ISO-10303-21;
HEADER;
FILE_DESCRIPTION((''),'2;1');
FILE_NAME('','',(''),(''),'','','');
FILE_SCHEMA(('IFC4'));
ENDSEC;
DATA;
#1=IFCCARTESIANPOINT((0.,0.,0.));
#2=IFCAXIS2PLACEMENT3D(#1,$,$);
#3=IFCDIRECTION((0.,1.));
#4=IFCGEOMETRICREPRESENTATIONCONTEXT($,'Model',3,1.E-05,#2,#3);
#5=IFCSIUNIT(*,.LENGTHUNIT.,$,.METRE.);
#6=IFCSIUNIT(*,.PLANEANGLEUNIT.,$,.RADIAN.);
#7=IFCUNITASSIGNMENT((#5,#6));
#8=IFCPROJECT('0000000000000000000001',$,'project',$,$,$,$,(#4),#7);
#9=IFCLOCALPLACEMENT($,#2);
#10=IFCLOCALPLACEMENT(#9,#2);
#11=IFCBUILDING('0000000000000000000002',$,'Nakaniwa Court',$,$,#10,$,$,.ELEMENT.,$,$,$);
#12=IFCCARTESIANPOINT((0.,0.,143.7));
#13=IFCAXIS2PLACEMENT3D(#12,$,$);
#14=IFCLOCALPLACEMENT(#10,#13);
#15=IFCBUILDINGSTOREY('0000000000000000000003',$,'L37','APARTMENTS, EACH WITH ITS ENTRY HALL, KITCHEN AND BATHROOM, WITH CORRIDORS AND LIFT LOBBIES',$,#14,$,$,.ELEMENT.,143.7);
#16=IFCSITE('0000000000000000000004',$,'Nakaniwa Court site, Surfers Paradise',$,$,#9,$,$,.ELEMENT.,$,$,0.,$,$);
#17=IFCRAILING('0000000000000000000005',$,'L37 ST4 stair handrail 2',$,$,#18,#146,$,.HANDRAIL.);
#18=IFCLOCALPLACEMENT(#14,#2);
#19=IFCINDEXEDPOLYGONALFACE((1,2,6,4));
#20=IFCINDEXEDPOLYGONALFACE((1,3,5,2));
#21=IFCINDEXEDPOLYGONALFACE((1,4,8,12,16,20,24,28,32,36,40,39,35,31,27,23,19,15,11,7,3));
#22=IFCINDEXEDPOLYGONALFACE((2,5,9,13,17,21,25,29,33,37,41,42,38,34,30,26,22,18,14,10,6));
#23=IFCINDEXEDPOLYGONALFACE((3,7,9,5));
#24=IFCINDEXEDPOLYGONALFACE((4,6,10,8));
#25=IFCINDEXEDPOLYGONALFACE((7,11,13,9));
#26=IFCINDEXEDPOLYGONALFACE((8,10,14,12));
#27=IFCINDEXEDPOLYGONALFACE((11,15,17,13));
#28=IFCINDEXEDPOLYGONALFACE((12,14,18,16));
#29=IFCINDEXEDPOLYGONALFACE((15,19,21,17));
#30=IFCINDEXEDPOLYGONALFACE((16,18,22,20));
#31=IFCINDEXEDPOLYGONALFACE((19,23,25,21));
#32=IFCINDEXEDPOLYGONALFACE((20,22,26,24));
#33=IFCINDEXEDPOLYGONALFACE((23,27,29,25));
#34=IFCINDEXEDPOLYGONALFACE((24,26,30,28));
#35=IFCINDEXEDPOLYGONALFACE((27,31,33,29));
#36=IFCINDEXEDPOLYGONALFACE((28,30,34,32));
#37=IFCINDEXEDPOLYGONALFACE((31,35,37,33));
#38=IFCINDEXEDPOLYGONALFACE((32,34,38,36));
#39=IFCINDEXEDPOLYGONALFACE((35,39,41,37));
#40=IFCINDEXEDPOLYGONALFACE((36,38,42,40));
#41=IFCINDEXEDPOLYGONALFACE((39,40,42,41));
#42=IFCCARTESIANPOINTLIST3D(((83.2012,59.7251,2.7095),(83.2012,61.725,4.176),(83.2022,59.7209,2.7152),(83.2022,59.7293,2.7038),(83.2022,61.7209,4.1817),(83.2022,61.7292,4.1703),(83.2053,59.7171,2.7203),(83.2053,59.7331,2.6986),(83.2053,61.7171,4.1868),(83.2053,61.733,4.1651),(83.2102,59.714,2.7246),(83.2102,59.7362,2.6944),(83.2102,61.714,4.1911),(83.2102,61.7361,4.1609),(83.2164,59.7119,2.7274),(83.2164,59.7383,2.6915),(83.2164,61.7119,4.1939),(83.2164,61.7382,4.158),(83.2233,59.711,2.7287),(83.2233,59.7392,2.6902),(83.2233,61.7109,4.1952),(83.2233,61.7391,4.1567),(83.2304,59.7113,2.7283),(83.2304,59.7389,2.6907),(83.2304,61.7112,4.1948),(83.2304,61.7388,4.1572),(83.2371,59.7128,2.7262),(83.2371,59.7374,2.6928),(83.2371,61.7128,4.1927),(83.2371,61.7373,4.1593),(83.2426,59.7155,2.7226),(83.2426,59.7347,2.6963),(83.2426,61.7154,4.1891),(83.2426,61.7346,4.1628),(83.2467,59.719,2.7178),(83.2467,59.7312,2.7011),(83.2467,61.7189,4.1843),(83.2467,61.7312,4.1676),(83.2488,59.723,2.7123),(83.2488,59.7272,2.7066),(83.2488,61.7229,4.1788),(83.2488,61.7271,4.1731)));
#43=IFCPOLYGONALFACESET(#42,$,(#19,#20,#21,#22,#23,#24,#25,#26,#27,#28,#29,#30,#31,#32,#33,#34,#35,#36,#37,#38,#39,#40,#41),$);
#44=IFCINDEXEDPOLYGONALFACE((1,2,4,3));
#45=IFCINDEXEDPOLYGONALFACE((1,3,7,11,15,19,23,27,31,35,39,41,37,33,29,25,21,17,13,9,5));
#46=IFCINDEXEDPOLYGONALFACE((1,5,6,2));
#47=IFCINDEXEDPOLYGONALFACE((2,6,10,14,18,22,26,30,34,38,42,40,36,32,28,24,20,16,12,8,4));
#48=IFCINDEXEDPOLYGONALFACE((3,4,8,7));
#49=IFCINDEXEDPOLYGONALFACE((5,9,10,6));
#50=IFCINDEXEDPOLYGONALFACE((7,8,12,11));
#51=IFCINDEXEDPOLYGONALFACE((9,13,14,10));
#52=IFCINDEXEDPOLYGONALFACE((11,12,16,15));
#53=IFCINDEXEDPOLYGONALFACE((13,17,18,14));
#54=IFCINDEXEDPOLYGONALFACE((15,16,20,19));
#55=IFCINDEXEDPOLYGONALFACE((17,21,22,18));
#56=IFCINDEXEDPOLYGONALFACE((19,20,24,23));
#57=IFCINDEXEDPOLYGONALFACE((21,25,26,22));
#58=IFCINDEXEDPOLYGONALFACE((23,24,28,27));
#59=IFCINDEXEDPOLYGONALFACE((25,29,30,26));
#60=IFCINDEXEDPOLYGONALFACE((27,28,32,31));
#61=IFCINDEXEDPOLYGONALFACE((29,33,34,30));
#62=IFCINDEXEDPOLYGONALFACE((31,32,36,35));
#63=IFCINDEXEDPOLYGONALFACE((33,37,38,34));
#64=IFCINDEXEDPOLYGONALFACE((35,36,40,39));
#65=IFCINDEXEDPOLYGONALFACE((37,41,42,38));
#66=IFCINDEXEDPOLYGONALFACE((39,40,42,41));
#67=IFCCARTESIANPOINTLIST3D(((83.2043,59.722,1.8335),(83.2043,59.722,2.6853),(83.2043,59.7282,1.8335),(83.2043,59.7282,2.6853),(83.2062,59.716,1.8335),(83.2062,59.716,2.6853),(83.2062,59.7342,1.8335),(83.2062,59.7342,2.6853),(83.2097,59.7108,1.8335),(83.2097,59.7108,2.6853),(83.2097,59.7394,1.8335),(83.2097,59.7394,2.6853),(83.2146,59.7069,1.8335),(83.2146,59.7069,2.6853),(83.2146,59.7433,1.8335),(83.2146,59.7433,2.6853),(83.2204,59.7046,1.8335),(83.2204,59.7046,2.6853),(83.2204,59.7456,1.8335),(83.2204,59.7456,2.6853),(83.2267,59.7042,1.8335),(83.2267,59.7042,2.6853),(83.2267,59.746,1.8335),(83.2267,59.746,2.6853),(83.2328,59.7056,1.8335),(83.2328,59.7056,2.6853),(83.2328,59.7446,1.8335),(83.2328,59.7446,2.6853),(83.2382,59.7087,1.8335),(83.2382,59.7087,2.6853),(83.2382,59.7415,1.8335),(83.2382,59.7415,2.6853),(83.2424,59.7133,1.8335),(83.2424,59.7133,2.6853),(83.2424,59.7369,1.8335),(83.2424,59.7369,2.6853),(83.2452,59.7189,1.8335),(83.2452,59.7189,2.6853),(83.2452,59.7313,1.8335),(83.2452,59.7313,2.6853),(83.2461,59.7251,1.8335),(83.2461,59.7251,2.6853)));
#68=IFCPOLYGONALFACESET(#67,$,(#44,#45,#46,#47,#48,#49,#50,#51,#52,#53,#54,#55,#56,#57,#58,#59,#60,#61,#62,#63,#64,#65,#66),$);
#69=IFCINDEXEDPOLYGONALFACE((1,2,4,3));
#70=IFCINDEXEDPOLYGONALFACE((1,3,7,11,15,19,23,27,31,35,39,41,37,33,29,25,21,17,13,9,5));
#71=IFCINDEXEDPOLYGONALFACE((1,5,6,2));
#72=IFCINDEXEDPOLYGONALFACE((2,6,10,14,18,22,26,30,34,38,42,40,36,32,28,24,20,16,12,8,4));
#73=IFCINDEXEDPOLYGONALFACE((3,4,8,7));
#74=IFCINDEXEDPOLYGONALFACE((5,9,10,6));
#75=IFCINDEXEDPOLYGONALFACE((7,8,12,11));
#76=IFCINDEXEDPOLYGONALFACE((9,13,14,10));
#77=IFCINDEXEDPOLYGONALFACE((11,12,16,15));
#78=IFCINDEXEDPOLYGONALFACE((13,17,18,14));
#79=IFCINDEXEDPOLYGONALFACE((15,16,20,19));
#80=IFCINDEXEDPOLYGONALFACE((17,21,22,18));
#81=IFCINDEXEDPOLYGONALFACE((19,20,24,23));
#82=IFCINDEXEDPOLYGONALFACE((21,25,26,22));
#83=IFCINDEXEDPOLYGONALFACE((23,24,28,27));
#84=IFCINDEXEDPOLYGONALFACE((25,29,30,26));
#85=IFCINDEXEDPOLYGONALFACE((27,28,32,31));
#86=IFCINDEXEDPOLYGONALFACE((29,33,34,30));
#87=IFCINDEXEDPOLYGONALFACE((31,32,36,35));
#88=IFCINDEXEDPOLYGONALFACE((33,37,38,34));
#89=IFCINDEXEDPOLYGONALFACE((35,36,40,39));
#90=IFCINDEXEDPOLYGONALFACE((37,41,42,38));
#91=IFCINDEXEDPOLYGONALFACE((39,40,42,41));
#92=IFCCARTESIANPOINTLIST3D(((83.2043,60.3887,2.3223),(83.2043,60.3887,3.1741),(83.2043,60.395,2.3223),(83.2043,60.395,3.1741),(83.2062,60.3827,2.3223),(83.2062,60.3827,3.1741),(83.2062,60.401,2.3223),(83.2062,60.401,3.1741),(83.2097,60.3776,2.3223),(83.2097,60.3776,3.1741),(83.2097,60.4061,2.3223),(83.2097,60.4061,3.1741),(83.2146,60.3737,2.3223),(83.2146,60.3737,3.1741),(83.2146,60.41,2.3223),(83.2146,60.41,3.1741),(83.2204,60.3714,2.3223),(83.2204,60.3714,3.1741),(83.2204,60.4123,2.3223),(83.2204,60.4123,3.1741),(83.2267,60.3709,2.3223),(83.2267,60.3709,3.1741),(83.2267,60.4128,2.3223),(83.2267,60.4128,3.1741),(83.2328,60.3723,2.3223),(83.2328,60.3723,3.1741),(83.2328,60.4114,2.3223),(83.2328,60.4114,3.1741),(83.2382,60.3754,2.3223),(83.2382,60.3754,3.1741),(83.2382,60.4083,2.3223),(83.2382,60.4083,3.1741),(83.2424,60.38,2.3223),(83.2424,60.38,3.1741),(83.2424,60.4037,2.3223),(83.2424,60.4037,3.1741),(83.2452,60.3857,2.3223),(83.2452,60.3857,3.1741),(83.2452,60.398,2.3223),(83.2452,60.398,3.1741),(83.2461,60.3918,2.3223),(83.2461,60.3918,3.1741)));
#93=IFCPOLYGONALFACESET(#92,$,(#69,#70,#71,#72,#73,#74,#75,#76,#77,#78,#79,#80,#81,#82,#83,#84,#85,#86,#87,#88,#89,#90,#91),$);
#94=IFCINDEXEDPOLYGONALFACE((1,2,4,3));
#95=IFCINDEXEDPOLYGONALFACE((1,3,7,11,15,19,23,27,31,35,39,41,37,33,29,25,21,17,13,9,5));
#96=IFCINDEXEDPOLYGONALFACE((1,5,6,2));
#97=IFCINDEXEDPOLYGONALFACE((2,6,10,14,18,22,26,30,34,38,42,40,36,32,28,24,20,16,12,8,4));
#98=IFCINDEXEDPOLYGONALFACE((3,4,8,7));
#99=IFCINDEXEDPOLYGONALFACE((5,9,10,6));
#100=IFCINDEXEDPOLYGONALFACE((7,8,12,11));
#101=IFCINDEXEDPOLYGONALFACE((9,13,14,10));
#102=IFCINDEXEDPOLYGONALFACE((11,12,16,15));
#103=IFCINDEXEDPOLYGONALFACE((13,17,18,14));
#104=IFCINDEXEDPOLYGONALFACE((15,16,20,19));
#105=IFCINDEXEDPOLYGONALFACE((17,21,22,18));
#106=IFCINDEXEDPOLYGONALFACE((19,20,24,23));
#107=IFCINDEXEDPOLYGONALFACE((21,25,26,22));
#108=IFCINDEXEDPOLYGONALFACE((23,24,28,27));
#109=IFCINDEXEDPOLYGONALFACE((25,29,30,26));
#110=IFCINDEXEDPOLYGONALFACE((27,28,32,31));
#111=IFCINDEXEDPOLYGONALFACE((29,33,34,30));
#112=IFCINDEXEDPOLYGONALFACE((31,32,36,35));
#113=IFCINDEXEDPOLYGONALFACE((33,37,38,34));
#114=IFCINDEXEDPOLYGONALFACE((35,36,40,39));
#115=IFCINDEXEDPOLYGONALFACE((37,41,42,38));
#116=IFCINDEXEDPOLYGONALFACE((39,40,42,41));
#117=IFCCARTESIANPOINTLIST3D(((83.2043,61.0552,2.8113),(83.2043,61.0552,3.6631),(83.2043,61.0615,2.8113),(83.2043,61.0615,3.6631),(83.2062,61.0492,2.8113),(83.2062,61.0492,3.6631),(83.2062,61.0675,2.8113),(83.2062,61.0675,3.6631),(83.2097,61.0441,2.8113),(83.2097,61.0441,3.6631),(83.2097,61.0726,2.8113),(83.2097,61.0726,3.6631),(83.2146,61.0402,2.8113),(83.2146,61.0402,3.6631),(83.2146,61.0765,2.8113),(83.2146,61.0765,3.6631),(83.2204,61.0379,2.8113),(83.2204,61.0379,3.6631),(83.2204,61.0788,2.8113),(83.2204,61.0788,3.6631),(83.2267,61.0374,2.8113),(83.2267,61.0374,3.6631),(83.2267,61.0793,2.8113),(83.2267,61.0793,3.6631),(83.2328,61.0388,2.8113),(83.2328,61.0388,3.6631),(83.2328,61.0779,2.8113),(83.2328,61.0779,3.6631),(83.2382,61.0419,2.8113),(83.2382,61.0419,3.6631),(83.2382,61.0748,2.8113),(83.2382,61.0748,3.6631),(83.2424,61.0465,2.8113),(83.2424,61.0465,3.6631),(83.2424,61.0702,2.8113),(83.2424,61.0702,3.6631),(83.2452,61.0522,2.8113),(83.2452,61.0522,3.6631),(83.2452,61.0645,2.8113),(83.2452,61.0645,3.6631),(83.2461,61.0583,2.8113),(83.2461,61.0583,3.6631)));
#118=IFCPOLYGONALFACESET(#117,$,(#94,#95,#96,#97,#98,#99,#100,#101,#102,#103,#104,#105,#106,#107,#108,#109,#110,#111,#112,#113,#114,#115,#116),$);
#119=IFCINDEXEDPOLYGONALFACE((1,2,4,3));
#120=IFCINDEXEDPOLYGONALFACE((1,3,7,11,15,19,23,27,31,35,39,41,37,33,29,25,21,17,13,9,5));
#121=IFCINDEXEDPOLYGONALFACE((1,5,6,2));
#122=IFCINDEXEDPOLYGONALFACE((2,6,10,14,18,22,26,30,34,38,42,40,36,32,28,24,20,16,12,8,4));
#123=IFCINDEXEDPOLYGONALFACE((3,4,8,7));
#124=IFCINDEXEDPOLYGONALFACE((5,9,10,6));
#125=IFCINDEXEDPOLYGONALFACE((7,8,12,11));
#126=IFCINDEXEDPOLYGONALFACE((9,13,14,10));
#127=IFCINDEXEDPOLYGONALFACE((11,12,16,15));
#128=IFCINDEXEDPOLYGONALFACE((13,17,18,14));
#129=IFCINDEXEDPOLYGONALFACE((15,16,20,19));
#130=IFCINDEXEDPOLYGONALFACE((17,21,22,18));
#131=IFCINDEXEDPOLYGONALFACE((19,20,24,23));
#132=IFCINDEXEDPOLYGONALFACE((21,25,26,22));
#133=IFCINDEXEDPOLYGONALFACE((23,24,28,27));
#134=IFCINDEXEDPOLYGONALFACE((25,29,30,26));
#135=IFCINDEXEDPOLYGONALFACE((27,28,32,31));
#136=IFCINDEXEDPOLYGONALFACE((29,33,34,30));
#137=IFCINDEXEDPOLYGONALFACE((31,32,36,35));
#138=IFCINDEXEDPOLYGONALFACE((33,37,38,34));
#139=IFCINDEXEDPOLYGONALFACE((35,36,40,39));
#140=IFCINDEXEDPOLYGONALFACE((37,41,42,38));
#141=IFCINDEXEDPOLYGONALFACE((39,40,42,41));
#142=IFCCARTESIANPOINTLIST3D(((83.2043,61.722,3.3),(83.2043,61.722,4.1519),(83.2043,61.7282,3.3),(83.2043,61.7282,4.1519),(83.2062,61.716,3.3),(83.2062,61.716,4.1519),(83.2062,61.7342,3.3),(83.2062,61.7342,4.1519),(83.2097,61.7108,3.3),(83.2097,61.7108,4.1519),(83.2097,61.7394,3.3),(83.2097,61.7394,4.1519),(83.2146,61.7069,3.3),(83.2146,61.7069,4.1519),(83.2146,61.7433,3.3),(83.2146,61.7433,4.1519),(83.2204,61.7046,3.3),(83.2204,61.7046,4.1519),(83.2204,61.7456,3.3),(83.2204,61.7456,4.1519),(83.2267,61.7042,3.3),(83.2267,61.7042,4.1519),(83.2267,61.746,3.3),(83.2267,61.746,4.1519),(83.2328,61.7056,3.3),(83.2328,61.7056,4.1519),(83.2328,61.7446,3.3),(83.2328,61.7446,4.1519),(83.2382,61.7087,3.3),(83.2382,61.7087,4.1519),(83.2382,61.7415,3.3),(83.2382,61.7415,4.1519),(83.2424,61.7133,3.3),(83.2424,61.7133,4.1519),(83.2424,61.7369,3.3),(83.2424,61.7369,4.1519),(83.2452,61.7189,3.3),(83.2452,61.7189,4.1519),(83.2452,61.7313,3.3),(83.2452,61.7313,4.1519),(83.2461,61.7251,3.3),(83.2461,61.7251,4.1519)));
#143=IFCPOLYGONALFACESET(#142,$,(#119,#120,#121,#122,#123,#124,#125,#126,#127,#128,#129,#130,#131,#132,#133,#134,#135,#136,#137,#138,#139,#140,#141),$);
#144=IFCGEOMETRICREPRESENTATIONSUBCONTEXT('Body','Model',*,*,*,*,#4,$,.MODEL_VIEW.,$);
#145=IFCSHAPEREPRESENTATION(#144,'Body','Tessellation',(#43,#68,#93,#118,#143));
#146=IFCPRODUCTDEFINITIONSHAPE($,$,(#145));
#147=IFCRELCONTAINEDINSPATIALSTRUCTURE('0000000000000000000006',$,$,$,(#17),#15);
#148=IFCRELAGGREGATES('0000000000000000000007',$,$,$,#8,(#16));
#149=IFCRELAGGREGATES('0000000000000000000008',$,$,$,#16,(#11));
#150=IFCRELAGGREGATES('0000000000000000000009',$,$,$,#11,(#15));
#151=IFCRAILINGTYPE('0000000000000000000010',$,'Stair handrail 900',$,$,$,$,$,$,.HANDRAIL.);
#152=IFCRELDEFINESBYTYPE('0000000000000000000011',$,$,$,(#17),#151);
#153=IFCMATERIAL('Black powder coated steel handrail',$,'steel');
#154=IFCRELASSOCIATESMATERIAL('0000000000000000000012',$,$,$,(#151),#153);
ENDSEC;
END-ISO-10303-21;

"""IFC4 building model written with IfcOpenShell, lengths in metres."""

from ifc_helpers import new_model, si_unit, direction, frame, origin, origin_2d, place, context, subcontext, project, spatial, circle, extrude, material, type_object, element, save


model = new_model("IFC4")

# Units and contexts
model_context = context("Model", 3, precision=1e-05, world=origin(), true_north=direction((0.0, 1.0)))
body_context = subcontext(model_context, "Body", "Model", "MODEL_VIEW")
ifc_project = project(units=[si_unit("LENGTHUNIT", "METRE"), si_unit("PLANEANGLEUNIT", "RADIAN")], contexts=[model_context])

# Site, building, storey
site_placement = place(None, origin())
site = spatial("IfcSite", under=ifc_project, at=site_placement, Name="Nakaniwa Court site, Surfers Paradise", CompositionType="ELEMENT", RefElevation=0.0)
building_placement = place(site_placement, origin())
building = spatial("IfcBuilding", under=site, at=building_placement, Name="Nakaniwa Court", CompositionType="ELEMENT")
storey_placement = place(building_placement, frame((0.0, 0.0, 143.7)))
storey = spatial("IfcBuildingStorey", under=building, at=storey_placement, Name="L37", Description="APARTMENTS, EACH WITH ITS ENTRY HALL, KITCHEN AND BATHROOM, WITH CORRIDORS AND LIFT LOBBIES", CompositionType="ELEMENT", Elevation=143.7)

# Railing
ifc_material_1 = material(Name="Black powder coated steel handrail", Category="steel")
railing_type_1 = type_object("IfcRailingType", Name="Stair handrail 900", PredefinedType="HANDRAIL", material=ifc_material_1)
railing_1_placement = place(storey_placement, frame((83.2251, 59.7251, 1.8335)))
element("IfcRailing", 1, at=railing_1_placement, inside=storey, type_object=railing_type_1, Name="L37 ST4 stair handrail 2", PredefinedType="HANDRAIL", context=body_context, shape_type="SweptSolid", body=[
    extrude(circle(Radius=0.0239, at=origin_2d()), frame((0.0, 0.0, 0.876), z_axis=(0.0, 0.806427, 0.591334), x_axis=(-1.0, 0.0, 0.0)), (0.0, 0.0, 1.0), 2.48),
    extrude(circle(Radius=0.021, at=origin_2d()), origin(), (0.0, 0.0, 1.0), 0.8518),
    extrude(circle(Radius=0.021, at=origin_2d()), frame((0.0, 0.6667, 0.4888)), (0.0, 0.0, 1.0), 0.8518),
    extrude(circle(Radius=0.021, at=origin_2d()), frame((0.0, 1.3333, 0.9778)), (0.0, 0.0, 1.0), 0.8518),
    extrude(circle(Radius=0.021, at=origin_2d()), frame((0.0, 2.0, 1.4666)), (0.0, 0.0, 1.0), 0.8518),
])

save(model, "model.ifc")
